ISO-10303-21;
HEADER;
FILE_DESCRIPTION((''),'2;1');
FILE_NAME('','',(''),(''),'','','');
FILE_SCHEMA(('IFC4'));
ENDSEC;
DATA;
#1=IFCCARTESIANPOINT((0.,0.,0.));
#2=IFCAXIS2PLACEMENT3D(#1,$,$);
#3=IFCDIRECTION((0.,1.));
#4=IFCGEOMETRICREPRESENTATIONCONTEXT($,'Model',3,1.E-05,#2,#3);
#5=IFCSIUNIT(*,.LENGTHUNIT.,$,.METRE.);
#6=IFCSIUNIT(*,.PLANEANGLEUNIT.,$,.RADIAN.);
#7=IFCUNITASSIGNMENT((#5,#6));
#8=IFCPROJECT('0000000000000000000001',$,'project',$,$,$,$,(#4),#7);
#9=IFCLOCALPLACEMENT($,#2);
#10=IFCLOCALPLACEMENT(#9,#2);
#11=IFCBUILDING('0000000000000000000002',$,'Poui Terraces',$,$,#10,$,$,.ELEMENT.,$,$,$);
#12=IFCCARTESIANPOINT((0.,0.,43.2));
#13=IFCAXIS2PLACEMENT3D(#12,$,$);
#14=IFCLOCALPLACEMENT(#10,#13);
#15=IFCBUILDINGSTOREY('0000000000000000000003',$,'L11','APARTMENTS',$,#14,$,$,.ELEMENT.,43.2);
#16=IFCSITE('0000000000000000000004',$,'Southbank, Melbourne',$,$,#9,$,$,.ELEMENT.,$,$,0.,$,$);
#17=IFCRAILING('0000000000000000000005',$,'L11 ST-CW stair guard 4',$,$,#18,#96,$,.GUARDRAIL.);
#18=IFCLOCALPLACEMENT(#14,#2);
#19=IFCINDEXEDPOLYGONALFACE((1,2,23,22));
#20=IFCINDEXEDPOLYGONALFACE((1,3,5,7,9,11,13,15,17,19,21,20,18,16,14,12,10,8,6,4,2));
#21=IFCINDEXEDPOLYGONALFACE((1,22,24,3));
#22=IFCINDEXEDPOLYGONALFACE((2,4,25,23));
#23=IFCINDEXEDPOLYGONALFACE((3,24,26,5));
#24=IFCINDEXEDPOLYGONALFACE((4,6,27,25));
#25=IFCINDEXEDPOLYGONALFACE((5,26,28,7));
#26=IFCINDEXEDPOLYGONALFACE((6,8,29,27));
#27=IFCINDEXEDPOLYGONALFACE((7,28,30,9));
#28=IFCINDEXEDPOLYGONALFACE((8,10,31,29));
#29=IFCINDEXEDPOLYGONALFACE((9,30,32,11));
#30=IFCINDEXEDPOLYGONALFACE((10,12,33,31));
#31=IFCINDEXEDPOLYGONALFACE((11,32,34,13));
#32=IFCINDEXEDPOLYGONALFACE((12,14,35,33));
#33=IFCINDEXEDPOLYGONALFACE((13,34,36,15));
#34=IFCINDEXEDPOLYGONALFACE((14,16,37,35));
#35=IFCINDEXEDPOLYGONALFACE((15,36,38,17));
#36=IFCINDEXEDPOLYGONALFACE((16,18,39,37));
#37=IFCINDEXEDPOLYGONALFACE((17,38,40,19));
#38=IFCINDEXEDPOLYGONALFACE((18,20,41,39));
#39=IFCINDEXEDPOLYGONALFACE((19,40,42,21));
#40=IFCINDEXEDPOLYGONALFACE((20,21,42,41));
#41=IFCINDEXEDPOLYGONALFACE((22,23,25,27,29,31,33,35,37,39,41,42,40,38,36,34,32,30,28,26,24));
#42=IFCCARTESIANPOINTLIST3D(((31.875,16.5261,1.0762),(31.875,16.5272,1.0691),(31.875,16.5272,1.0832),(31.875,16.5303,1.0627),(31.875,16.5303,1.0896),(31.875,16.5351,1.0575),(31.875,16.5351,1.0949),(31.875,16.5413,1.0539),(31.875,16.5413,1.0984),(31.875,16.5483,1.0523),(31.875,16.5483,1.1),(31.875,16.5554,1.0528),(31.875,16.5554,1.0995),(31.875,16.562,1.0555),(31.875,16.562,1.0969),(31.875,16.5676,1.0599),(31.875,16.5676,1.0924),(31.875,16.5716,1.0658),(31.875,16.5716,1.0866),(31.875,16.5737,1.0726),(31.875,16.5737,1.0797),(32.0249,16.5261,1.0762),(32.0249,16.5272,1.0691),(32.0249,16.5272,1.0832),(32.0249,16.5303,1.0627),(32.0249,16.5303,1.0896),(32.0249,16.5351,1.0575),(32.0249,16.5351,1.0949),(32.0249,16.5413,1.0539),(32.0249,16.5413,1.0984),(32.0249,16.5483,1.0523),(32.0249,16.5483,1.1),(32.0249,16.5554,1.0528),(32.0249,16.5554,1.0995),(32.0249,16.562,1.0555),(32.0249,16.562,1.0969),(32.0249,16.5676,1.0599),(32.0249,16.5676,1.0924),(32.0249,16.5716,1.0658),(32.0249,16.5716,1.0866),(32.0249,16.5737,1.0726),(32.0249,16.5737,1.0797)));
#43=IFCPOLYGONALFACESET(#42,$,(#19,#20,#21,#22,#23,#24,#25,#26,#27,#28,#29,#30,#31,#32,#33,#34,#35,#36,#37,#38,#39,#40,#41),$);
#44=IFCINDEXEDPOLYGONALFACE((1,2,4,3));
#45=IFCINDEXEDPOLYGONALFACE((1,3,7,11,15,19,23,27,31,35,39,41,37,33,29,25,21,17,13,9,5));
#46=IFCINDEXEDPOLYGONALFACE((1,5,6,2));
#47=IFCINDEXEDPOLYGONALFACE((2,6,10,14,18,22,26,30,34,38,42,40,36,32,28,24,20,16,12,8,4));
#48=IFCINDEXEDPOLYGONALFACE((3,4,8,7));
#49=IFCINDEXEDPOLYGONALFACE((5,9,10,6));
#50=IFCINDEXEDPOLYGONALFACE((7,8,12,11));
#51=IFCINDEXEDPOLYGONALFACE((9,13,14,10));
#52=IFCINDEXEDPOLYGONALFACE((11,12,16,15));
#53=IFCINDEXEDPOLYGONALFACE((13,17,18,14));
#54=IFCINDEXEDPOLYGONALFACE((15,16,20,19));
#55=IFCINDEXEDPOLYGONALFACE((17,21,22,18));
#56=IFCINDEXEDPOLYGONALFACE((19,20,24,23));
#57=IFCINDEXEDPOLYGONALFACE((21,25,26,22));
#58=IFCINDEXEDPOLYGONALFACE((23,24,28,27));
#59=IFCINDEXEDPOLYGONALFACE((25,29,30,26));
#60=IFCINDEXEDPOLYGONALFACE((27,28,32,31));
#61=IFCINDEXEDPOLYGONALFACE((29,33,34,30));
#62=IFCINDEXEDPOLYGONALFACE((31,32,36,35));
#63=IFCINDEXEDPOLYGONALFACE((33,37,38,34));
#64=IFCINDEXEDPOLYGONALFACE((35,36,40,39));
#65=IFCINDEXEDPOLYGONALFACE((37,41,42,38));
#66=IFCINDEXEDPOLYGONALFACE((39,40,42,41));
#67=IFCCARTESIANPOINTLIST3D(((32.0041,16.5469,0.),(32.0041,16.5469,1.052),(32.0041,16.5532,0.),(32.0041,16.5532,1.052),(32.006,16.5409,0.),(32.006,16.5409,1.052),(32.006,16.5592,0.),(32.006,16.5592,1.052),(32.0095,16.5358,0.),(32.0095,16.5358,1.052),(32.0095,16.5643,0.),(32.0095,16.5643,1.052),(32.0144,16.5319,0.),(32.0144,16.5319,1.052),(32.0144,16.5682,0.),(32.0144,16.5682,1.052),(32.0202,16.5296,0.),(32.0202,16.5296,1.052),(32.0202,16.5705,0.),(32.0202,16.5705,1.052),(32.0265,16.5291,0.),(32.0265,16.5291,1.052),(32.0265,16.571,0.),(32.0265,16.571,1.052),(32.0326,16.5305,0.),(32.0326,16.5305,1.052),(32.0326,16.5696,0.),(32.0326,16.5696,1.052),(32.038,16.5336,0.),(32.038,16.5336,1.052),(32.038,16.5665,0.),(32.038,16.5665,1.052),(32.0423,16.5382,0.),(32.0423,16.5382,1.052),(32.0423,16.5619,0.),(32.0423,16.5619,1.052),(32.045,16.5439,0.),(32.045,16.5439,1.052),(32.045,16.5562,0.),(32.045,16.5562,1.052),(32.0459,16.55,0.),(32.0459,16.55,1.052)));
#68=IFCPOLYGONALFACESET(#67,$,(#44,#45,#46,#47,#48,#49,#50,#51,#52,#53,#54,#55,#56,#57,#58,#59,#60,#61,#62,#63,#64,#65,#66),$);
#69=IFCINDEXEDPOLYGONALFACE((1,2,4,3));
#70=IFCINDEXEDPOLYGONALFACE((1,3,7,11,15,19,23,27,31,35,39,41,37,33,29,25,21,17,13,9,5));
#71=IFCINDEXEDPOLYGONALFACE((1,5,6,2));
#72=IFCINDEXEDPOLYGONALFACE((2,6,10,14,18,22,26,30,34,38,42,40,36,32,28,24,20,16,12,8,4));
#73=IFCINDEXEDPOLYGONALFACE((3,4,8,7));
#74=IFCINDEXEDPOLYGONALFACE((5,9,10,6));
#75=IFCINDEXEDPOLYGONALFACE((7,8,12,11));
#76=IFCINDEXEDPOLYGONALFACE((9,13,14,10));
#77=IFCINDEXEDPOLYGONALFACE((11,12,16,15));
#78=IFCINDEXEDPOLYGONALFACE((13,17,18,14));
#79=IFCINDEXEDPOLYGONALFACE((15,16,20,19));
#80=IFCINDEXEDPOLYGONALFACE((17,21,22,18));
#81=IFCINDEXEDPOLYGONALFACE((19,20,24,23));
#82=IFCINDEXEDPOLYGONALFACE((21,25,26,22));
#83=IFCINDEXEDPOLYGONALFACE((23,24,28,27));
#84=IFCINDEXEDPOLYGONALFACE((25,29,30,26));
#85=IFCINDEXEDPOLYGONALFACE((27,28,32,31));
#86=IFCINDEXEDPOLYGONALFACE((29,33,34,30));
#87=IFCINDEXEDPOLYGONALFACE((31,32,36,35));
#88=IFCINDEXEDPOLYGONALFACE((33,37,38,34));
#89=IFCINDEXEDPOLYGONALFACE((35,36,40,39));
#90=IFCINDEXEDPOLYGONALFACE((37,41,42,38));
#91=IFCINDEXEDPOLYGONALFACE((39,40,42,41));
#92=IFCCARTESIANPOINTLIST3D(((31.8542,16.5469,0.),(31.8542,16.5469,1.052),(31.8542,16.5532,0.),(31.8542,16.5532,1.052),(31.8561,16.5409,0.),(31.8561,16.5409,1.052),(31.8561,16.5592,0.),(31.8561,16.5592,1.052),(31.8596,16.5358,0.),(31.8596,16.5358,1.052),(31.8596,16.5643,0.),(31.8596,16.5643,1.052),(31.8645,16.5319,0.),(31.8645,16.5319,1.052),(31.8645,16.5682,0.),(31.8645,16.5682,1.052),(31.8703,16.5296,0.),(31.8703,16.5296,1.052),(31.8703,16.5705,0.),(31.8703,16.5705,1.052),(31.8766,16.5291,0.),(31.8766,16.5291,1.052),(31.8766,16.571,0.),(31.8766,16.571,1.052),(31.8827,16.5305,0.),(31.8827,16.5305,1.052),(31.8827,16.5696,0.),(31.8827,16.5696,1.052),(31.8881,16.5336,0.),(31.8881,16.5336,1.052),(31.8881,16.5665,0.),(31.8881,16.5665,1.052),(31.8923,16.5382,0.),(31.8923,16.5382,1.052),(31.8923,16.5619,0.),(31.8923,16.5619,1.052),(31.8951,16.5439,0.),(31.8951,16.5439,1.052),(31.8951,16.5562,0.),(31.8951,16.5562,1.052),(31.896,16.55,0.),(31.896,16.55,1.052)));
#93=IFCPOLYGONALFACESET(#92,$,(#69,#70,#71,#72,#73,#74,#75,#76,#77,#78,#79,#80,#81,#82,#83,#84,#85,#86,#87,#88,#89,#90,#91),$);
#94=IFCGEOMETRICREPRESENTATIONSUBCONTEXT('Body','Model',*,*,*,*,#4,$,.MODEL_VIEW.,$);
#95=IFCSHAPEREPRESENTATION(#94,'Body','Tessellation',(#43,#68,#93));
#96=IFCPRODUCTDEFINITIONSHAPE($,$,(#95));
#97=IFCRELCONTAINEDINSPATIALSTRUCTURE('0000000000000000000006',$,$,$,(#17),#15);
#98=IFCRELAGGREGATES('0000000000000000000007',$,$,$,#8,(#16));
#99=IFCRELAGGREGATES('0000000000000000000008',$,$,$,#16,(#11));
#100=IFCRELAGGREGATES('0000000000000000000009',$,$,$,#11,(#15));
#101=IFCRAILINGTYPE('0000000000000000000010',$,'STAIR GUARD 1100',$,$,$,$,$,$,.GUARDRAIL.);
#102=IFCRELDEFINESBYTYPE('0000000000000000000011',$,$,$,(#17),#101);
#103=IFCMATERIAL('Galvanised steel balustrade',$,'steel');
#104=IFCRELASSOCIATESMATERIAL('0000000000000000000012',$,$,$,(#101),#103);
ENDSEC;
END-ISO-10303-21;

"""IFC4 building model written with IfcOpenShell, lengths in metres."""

from ifc_helpers import new_model, si_unit, direction, frame, origin, origin_2d, place, context, subcontext, project, spatial, circle, extrude, material, type_object, element, save


model = new_model("IFC4")

# Units and contexts
model_context = context("Model", 3, precision=1e-05, world=origin(), true_north=direction((0.0, 1.0)))
body_context = subcontext(model_context, "Body", "Model", "MODEL_VIEW")
ifc_project = project(units=[si_unit("LENGTHUNIT", "METRE"), si_unit("PLANEANGLEUNIT", "RADIAN")], contexts=[model_context])

# Site, building, storey
site_placement = place(None, origin())
site = spatial("IfcSite", under=ifc_project, at=site_placement, Name="Southbank, Melbourne", CompositionType="ELEMENT", RefElevation=0.0)
building_placement = place(site_placement, origin())
building = spatial("IfcBuilding", under=site, at=building_placement, Name="Poui Terraces", CompositionType="ELEMENT")
storey_placement = place(building_placement, frame((0.0, 0.0, 43.2)))
storey = spatial("IfcBuildingStorey", under=building, at=storey_placement, Name="L11", Description="APARTMENTS", CompositionType="ELEMENT", Elevation=43.2)

# Railing
ifc_material_1 = material(Name="Galvanised steel balustrade", Category="steel")
railing_type_1 = type_object("IfcRailingType", Name="STAIR GUARD 1100", PredefinedType="GUARDRAIL", material=ifc_material_1)
railing_1_placement = place(storey_placement, frame((32.0249, 16.55, 0.0)))
element("IfcRailing", 1, at=railing_1_placement, inside=storey, type_object=railing_type_1, Name="L11 ST-CW stair guard 4", PredefinedType="GUARDRAIL", context=body_context, shape_type="SweptSolid", body=[
    extrude(circle(Radius=0.0239, at=origin_2d()), frame((0.0, 0.0, 1.0762), z_axis=(-1.0, 0.0, 0.0), x_axis=(0.0, -1.0, 0.0)), (0.0, 0.0, 1.0), 0.1499),
    extrude(circle(Radius=0.021, at=origin_2d()), origin(), (0.0, 0.0, 1.0), 1.052),
    extrude(circle(Radius=0.021, at=origin_2d()), frame((-0.1499, 0.0, 0.0)), (0.0, 0.0, 1.0), 1.052),
])

save(model, "model.ifc")
